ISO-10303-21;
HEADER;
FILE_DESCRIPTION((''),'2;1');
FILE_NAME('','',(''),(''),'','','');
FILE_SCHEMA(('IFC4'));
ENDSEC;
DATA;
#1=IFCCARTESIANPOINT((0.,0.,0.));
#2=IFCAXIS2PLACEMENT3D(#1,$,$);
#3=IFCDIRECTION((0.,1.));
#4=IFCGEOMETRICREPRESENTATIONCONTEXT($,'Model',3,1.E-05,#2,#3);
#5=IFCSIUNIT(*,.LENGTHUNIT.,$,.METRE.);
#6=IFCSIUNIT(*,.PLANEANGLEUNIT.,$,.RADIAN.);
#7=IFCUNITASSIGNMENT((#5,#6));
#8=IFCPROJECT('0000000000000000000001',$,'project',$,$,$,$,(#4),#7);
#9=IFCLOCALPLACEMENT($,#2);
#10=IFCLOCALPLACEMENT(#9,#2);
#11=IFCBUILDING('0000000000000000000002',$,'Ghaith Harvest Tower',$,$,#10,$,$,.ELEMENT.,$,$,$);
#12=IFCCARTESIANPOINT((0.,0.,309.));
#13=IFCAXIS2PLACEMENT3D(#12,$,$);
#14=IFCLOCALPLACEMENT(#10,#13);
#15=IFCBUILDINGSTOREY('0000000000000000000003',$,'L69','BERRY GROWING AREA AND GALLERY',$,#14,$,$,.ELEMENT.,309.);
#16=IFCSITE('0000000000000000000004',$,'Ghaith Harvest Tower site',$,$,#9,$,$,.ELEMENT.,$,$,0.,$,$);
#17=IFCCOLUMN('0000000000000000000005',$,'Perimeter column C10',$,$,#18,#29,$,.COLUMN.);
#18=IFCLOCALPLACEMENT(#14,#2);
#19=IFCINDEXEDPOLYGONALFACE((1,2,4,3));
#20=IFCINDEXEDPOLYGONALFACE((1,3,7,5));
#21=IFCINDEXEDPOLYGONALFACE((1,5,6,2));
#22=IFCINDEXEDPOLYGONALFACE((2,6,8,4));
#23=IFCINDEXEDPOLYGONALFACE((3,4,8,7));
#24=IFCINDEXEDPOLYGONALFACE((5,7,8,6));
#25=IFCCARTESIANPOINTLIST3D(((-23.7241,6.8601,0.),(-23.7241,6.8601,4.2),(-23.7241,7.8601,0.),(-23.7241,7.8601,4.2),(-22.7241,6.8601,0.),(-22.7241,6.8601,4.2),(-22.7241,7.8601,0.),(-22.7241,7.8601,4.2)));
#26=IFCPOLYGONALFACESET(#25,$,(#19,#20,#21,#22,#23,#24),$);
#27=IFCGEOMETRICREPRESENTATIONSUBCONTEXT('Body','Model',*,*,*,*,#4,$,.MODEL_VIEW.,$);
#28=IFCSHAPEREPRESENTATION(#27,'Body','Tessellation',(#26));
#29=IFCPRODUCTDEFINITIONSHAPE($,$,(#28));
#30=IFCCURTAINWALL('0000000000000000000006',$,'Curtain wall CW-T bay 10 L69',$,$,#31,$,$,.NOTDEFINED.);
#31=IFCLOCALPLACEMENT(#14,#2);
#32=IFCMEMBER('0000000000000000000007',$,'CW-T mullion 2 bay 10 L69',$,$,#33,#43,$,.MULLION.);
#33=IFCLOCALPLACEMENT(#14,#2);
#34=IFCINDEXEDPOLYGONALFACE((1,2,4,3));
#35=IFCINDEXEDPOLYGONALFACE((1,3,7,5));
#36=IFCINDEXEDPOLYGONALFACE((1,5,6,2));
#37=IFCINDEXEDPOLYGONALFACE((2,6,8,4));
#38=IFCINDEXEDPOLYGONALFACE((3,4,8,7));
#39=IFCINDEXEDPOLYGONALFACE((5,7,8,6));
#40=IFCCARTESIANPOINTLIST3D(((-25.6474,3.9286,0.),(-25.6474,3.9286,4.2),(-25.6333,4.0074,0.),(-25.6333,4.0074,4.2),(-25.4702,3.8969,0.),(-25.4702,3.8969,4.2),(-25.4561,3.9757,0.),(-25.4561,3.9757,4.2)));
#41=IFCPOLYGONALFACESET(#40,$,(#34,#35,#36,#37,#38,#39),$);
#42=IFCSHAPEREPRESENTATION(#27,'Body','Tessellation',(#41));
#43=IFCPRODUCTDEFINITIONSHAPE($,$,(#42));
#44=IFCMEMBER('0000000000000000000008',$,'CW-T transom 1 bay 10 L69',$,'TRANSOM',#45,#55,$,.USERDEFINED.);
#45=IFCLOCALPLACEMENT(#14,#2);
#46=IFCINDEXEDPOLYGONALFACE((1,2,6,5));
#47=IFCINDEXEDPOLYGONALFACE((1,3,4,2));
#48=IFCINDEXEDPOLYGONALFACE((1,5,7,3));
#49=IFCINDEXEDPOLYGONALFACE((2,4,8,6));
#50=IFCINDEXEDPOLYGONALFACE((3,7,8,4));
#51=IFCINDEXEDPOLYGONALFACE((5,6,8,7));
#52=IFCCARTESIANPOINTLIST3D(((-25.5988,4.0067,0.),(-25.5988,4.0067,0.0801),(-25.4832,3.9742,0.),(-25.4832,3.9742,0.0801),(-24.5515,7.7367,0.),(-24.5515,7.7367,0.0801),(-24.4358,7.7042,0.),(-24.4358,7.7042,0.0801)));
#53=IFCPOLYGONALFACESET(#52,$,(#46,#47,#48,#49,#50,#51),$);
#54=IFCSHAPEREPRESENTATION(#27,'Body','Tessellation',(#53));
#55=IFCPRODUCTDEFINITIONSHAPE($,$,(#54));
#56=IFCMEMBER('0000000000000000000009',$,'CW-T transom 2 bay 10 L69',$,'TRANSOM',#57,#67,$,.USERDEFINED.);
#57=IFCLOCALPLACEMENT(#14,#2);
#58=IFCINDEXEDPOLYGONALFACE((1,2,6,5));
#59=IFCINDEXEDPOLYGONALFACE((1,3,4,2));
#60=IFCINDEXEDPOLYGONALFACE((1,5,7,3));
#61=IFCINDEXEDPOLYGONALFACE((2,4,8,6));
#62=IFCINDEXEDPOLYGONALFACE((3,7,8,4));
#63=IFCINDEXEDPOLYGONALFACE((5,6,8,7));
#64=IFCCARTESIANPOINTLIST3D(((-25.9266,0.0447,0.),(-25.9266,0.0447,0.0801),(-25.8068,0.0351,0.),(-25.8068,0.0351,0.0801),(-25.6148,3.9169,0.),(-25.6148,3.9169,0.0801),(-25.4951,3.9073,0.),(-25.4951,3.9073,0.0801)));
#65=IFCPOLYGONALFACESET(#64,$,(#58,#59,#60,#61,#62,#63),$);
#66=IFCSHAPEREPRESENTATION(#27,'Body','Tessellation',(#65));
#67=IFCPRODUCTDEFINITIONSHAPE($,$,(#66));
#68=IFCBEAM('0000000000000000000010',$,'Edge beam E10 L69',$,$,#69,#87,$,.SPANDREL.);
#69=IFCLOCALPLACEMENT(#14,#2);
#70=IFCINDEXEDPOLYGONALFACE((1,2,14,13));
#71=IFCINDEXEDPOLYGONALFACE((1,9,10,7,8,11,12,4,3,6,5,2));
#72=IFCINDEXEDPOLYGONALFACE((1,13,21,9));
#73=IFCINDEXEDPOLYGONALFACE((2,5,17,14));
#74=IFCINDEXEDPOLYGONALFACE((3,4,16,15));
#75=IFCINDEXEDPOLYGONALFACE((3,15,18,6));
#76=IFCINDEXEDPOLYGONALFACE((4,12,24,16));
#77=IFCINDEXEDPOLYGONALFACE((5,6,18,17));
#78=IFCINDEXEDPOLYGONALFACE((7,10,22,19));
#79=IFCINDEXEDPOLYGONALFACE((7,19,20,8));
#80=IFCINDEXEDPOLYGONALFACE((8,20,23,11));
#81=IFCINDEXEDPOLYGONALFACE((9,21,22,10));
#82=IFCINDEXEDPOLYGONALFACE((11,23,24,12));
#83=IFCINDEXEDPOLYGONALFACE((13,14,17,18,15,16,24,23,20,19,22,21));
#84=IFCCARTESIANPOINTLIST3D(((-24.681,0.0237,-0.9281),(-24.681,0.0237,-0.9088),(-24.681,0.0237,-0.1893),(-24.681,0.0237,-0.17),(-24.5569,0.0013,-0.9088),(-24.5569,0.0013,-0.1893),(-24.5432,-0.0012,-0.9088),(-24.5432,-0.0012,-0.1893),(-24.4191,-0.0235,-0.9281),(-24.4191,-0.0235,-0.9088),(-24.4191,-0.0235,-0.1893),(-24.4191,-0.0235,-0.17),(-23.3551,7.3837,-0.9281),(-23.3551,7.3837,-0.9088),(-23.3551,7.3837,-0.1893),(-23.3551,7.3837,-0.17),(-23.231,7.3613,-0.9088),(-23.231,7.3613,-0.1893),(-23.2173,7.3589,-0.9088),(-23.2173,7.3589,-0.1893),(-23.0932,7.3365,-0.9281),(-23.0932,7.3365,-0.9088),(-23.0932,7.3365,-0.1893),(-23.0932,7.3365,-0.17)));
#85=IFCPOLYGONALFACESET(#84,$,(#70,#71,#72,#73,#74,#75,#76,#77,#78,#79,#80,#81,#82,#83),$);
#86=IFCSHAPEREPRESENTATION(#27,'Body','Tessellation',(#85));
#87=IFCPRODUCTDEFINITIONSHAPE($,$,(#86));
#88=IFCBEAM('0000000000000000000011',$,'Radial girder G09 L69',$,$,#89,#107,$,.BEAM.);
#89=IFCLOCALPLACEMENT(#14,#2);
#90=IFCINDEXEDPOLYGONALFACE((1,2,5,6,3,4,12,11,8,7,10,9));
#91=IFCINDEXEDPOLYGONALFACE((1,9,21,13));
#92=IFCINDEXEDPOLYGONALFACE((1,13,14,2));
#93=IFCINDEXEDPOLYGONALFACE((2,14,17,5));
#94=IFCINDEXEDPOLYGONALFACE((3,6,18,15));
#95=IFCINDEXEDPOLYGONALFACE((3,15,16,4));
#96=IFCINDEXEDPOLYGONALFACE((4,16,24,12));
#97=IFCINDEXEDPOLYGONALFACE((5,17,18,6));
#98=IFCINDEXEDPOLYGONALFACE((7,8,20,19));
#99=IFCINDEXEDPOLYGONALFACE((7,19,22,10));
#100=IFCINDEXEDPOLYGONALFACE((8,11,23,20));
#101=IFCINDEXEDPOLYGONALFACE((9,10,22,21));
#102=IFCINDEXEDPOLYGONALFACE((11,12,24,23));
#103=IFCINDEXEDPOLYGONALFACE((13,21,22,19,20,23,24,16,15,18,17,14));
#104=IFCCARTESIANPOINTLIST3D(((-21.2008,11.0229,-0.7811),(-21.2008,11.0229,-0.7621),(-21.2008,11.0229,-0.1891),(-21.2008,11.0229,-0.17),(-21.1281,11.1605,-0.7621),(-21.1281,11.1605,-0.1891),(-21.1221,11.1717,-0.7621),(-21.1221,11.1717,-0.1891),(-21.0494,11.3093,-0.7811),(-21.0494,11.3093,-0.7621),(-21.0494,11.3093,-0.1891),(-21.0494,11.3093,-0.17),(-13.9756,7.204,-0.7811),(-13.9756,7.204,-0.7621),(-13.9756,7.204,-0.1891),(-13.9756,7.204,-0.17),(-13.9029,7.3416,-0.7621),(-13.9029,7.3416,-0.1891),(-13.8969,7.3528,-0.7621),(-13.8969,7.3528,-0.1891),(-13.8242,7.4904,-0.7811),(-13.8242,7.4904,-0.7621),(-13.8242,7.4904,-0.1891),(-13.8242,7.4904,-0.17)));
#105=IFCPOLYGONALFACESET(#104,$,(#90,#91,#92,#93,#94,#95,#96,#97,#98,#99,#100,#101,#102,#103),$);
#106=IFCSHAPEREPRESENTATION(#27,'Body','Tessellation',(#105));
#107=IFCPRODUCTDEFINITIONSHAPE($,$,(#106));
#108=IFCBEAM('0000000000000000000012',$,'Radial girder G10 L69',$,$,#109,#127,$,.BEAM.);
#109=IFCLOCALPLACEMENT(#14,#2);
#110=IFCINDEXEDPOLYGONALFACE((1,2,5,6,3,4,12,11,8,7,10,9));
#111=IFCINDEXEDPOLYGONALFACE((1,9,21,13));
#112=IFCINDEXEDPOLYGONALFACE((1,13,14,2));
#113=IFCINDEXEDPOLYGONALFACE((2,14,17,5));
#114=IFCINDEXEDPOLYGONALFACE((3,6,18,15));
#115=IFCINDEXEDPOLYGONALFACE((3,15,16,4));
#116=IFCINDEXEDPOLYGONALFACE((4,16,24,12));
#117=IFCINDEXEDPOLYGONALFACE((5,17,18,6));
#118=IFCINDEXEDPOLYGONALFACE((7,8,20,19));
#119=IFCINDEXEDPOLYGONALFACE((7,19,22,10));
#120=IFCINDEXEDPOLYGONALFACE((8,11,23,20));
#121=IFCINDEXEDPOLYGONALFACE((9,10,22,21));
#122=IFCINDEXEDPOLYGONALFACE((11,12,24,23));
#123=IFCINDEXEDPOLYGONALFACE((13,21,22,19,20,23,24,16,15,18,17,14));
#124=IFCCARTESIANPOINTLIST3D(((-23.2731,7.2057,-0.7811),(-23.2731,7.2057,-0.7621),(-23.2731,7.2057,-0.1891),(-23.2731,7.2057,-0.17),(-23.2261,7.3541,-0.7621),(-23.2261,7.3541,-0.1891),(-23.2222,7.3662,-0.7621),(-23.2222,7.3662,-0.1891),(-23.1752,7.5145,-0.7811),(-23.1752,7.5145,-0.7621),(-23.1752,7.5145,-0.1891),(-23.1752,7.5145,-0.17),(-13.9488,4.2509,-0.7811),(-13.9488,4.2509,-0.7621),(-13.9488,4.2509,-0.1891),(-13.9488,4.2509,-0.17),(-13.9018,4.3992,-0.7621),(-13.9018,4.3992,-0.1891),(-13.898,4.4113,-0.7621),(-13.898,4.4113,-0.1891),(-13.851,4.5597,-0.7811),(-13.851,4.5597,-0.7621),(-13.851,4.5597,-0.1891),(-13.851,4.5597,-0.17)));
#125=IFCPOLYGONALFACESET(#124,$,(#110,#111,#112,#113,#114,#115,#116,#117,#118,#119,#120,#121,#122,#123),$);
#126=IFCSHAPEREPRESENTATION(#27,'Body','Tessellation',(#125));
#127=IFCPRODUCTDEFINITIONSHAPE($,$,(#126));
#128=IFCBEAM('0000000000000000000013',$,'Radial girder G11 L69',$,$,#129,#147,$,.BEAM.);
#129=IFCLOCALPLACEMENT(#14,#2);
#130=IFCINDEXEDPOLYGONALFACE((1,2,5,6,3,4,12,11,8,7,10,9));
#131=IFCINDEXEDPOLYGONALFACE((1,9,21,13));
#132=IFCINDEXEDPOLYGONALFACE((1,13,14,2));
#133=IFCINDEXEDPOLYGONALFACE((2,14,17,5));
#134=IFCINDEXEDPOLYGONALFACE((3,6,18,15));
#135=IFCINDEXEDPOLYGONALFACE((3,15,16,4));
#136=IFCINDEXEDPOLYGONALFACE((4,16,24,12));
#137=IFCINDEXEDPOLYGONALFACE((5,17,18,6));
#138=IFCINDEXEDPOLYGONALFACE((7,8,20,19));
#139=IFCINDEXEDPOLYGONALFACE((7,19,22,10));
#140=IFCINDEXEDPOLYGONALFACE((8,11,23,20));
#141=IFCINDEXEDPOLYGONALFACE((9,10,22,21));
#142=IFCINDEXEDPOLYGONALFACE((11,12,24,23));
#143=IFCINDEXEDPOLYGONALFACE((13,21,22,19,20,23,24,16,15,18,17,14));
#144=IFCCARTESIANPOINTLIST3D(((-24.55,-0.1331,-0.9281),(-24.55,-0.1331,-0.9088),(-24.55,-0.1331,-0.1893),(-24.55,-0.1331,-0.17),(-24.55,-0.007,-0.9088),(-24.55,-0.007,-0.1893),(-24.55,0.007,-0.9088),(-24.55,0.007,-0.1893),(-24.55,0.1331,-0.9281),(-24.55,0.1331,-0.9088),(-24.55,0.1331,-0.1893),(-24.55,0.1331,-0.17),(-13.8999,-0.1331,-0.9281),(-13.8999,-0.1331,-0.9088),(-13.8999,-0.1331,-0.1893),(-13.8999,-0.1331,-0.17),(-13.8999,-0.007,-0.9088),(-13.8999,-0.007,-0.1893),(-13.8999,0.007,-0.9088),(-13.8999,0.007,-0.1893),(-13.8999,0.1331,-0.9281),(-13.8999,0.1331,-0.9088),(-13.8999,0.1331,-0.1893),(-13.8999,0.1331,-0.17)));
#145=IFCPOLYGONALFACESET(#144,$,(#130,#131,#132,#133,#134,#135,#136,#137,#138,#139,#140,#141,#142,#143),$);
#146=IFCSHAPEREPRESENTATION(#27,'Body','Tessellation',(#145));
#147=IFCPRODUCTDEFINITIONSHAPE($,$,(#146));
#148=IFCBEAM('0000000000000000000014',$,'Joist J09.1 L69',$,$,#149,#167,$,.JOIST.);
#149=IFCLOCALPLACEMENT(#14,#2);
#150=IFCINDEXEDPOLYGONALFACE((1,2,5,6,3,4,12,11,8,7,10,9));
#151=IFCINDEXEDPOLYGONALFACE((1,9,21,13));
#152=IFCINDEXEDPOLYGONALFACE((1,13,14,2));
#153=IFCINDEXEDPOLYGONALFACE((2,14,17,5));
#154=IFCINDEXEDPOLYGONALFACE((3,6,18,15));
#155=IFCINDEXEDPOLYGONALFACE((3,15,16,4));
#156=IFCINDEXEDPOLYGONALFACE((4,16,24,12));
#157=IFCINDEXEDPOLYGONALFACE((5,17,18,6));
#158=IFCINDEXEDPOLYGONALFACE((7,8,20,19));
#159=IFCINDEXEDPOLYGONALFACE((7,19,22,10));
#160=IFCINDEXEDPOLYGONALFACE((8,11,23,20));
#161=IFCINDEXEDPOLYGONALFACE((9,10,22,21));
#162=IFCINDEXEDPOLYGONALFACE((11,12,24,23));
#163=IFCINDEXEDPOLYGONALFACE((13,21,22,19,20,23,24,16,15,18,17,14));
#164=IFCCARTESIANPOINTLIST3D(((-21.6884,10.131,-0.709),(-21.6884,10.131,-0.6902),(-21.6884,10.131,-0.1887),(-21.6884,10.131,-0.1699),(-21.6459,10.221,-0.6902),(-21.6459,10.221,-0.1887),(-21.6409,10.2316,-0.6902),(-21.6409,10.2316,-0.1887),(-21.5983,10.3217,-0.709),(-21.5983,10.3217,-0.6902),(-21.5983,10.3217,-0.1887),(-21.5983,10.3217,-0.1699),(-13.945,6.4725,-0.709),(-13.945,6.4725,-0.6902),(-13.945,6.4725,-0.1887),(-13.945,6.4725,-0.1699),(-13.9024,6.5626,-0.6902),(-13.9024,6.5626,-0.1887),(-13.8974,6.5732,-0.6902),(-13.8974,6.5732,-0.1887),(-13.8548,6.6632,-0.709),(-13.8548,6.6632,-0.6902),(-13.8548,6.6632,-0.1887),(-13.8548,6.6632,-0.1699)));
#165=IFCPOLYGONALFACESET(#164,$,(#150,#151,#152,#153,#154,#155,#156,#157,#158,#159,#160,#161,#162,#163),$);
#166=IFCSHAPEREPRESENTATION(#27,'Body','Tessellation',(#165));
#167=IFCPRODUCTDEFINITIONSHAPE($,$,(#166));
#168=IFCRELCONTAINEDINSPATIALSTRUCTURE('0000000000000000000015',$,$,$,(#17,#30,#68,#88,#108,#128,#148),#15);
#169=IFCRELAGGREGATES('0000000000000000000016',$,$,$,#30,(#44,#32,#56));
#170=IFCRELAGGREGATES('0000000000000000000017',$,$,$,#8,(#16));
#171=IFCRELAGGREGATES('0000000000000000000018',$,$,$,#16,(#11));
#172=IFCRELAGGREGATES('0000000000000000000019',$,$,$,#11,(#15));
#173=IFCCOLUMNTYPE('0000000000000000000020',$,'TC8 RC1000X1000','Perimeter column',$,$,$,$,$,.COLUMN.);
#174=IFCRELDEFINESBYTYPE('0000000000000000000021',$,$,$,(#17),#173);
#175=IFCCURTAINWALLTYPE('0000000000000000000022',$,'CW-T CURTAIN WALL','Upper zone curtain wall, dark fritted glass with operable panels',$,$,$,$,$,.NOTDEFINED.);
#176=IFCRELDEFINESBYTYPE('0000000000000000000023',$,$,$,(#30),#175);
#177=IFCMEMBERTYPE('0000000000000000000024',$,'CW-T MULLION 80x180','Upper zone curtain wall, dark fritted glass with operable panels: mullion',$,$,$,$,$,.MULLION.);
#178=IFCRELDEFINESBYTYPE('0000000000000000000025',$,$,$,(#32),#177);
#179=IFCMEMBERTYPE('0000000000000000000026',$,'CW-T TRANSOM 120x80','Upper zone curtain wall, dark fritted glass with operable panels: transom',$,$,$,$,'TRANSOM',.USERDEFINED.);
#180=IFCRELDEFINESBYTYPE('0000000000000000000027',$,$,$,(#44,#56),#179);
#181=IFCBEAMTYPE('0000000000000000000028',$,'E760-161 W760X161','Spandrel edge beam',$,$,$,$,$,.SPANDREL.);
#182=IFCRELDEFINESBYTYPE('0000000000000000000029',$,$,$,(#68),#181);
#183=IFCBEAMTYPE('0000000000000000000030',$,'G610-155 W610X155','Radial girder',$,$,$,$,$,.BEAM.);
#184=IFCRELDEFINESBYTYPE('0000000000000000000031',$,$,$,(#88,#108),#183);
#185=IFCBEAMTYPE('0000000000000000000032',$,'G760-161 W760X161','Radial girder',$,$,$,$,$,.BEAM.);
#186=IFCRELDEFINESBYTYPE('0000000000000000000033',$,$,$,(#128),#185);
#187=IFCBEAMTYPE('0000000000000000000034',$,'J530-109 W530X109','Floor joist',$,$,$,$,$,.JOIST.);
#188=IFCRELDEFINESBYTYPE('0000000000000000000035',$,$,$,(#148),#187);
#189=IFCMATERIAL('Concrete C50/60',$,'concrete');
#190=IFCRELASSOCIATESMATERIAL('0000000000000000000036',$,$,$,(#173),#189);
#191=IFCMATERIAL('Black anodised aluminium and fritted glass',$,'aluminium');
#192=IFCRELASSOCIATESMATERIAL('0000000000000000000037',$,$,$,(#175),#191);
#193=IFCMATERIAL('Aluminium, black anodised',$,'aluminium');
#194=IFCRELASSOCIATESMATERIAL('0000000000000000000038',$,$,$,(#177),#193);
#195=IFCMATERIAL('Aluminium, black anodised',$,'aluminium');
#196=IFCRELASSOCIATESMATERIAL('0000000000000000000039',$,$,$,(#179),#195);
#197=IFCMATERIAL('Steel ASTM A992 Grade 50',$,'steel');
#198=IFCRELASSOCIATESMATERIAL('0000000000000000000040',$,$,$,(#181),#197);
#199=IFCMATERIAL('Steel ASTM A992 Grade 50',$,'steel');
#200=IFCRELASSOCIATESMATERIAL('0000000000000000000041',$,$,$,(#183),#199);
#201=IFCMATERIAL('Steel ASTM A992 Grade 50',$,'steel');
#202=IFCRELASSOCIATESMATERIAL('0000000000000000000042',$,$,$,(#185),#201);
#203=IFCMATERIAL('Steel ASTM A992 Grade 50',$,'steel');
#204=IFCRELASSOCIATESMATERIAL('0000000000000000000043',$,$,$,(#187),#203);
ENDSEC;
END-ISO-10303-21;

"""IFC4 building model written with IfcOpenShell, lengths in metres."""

from ifc_helpers import new_model, si_unit, direction, frame, origin, origin_2d, place, context, subcontext, project, spatial, rectangle, i_section, extrude, material, material_profile, profile_set, type_object, element, aggregate, save


model = new_model("IFC4")

# Units and contexts
model_context = context("Model", 3, precision=1e-05, world=origin(), true_north=direction((0.0, 1.0)))
body_context = subcontext(model_context, "Body", "Model", "MODEL_VIEW")
ifc_project = project(units=[si_unit("LENGTHUNIT", "METRE"), si_unit("PLANEANGLEUNIT", "RADIAN")], contexts=[model_context])

# Site, building, storey
site_placement = place(None, origin())
site = spatial("IfcSite", under=ifc_project, at=site_placement, Name="Ghaith Harvest Tower site", CompositionType="ELEMENT", RefElevation=0.0)
building_placement = place(site_placement, origin())
building = spatial("IfcBuilding", under=site, at=building_placement, Name="Ghaith Harvest Tower", CompositionType="ELEMENT")
storey_placement = place(building_placement, frame((0.0, 0.0, 309.0)))
storey = spatial("IfcBuildingStorey", under=building, at=storey_placement, Name="L69", Description="BERRY GROWING AREA AND GALLERY", CompositionType="ELEMENT", Elevation=309.0)

# Column
ifc_material_1 = material(Name="Concrete C50/60", Category="concrete")
ifc_material_profile_1 = material_profile(ifc_material_1, rectangle(XDim=1.0, YDim=1.0, at=origin_2d()), Name="RC1000X1000")
ifc_profile_set_1 = profile_set([ifc_material_profile_1], Name="Concrete C50/60")
column_type = type_object("IfcColumnType", Name="TC8 RC1000X1000", Description="Perimeter column", PredefinedType="COLUMN", material=ifc_profile_set_1)
column_placement = place(storey_placement, frame((-23.2241, 7.3601, 0.0), z_axis=(0.0, 0.0, 1.0), x_axis=(1.0, 0.0, 0.0)))
element("IfcColumn", 1, at=column_placement, inside=storey, type_object=column_type, Name="Perimeter column C10", PredefinedType="COLUMN", context=body_context, shape_type="SweptSolid", body=[
    extrude(rectangle(XDim=1.0, YDim=1.0, at=origin_2d()), origin(), (0.0, 0.0, 1.0), 4.2),
])

# Curtain wall, members
ifc_material_2 = material(Name="Black anodised aluminium and fritted glass", Category="aluminium")
curtain_wall_type = type_object("IfcCurtainWallType", Name="CW-T CURTAIN WALL", Description="Upper zone curtain wall, dark fritted glass with operable panels", PredefinedType="NOTDEFINED", material=ifc_material_2)
curtain_wall_placement = place(storey_placement, origin())
curtain_wall = element("IfcCurtainWall", 2, at=curtain_wall_placement, inside=storey, type_object=curtain_wall_type, Name="Curtain wall CW-T bay 10 L69", PredefinedType="NOTDEFINED")
ifc_material_3 = material(Name="Aluminium, black anodised", Category="aluminium")
ifc_material_profile_2 = material_profile(ifc_material_3, rectangle(XDim=0.0801, YDim=0.1799, at=origin_2d()), Name="CW-T MULLION 80x180")
ifc_profile_set_2 = profile_set([ifc_material_profile_2], Name="Aluminium, black anodised")
member_type_1 = type_object("IfcMemberType", Name="CW-T MULLION 80x180", Description="Upper zone curtain wall, dark fritted glass with operable panels: mullion", PredefinedType="MULLION", material=ifc_profile_set_2)
member_1_placement = place(storey_placement, frame((-25.5518, 3.9521, 0.0), z_axis=(0.0, 0.0, 1.0), x_axis=(-0.176001, -0.98439, 0.0)))
member_1 = element("IfcMember", 3, at=member_1_placement, type_object=member_type_1, Name="CW-T mullion 2 bay 10 L69", PredefinedType="MULLION", context=body_context, shape_type="SweptSolid", body=[
    extrude(rectangle(XDim=0.0801, YDim=0.1799, at=origin_2d()), origin(), (0.0, 0.0, 1.0), 4.2),
])
ifc_material_4 = material(Name="Aluminium, black anodised", Category="aluminium")
ifc_material_profile_3 = material_profile(ifc_material_4, rectangle(XDim=0.1201, YDim=0.0801, at=origin_2d()), Name="CW-T TRANSOM 120x80")
ifc_profile_set_3 = profile_set([ifc_material_profile_3], Name="Aluminium, black anodised")
member_type_2 = type_object("IfcMemberType", Name="CW-T TRANSOM 120x80", Description="Upper zone curtain wall, dark fritted glass with operable panels: transom", ElementType="TRANSOM", PredefinedType="USERDEFINED", material=ifc_profile_set_3)
member_2_placement = place(storey_placement, frame((-24.4937, 7.7205, 0.04), z_axis=(-0.27034, -0.962765, 0.0), x_axis=(0.962765, -0.27034, 0.0)))
member_2 = element("IfcMember", 4, at=member_2_placement, type_object=member_type_2, Name="CW-T transom 1 bay 10 L69", ObjectType="TRANSOM", PredefinedType="USERDEFINED", context=body_context, shape_type="SweptSolid", body=[
    extrude(rectangle(XDim=0.1201, YDim=0.0801, at=origin_2d()), origin(), (0.0, 0.0, 1.0), 3.8743),
])
member_3_placement = place(storey_placement, frame((-25.5549, 3.9121, 0.04), z_axis=(-0.080252, -0.996775, 0.0), x_axis=(0.996775, -0.080252, 0.0)))
member_3 = element("IfcMember", 5, at=member_3_placement, type_object=member_type_2, Name="CW-T transom 2 bay 10 L69", ObjectType="TRANSOM", PredefinedType="USERDEFINED", context=body_context, shape_type="SweptSolid", body=[
    extrude(rectangle(XDim=0.1201, YDim=0.0801, at=origin_2d()), origin(), (0.0, 0.0, 1.0), 3.8848),
])

# Beams
ifc_material_5 = material(Name="Steel ASTM A992 Grade 50", Category="steel")
ifc_material_profile_4 = material_profile(ifc_material_5, i_section(OverallWidth=0.2661, OverallDepth=0.7581, WebThickness=0.0139, FlangeThickness=0.0193, at=origin_2d()), Name="W760X161")
ifc_profile_set_4 = profile_set([ifc_material_profile_4], Name="Steel ASTM A992 Grade 50")
beam_type_1 = type_object("IfcBeamType", Name="E760-161 W760X161", Description="Spandrel edge beam", PredefinedType="SPANDREL", material=ifc_profile_set_4)
beam_1_placement = place(storey_placement, frame((-23.2241, 7.3601, -0.5491), z_axis=(-0.177297, -0.984157, 0.0), x_axis=(0.984157, -0.177297, 0.0)))
element("IfcBeam", 6, at=beam_1_placement, inside=storey, type_object=beam_type_1, Name="Edge beam E10 L69", PredefinedType="SPANDREL", context=body_context, shape_type="SweptSolid", body=[
    extrude(i_section(OverallWidth=0.2661, OverallDepth=0.7581, WebThickness=0.0139, FlangeThickness=0.0193, at=origin_2d()), origin(), (0.0, 0.0, 1.0), 7.4785),
])
ifc_material_6 = material(Name="Steel ASTM A992 Grade 50", Category="steel")
ifc_material_profile_5 = material_profile(ifc_material_6, i_section(OverallWidth=0.324, OverallDepth=0.6111, WebThickness=0.0127, FlangeThickness=0.019, at=origin_2d()), Name="W610X155")
ifc_profile_set_5 = profile_set([ifc_material_profile_5], Name="Steel ASTM A992 Grade 50")
beam_type_2 = type_object("IfcBeamType", Name="G610-155 W610X155", Description="Radial girder", PredefinedType="BEAM", material=ifc_profile_set_5)
beam_2_placement = place(storey_placement, frame((-13.8999, 7.3472, -0.4756), z_axis=(-0.884102, 0.467295, 0.0), x_axis=(-0.467295, -0.884102, 0.0)))
element("IfcBeam", 7, at=beam_2_placement, inside=storey, type_object=beam_type_2, Name="Radial girder G09 L69", PredefinedType="BEAM", context=body_context, shape_type="SweptSolid", body=[
    extrude(i_section(OverallWidth=0.324, OverallDepth=0.6111, WebThickness=0.0127, FlangeThickness=0.019, at=origin_2d()), origin(), (0.0, 0.0, 1.0), 8.1724),
])
beam_3_placement = place(storey_placement, frame((-13.8999, 4.4053, -0.4756), z_axis=(-0.953279, 0.302093, 0.0), x_axis=(-0.302093, -0.953279, 0.0)))
element("IfcBeam", 8, at=beam_3_placement, inside=storey, type_object=beam_type_2, Name="Radial girder G10 L69", PredefinedType="BEAM", context=body_context, shape_type="SweptSolid", body=[
    extrude(i_section(OverallWidth=0.324, OverallDepth=0.6111, WebThickness=0.0127, FlangeThickness=0.019, at=origin_2d()), origin(), (0.0, 0.0, 1.0), 9.7812),
])
ifc_material_7 = material(Name="Steel ASTM A992 Grade 50", Category="steel")
ifc_material_profile_6 = material_profile(ifc_material_7, i_section(OverallWidth=0.2661, OverallDepth=0.7581, WebThickness=0.0139, FlangeThickness=0.0193, at=origin_2d()), Name="W760X161")
ifc_profile_set_6 = profile_set([ifc_material_profile_6], Name="Steel ASTM A992 Grade 50")
beam_type_3 = type_object("IfcBeamType", Name="G760-161 W760X161", Description="Radial girder", PredefinedType="BEAM", material=ifc_profile_set_6)
beam_4_placement = place(storey_placement, frame((-13.8999, 0.0, -0.5491), z_axis=(-1.0, 0.0, 0.0), x_axis=(0.0, -1.0, 0.0)))
element("IfcBeam", 9, at=beam_4_placement, inside=storey, type_object=beam_type_3, Name="Radial girder G11 L69", PredefinedType="BEAM", context=body_context, shape_type="SweptSolid", body=[
    extrude(i_section(OverallWidth=0.2661, OverallDepth=0.7581, WebThickness=0.0139, FlangeThickness=0.0193, at=origin_2d()), origin(), (0.0, 0.0, 1.0), 10.6501),
])
ifc_material_8 = material(Name="Steel ASTM A992 Grade 50", Category="steel")
ifc_material_profile_7 = material_profile(ifc_material_8, i_section(OverallWidth=0.2109, OverallDepth=0.5391, WebThickness=0.0117, FlangeThickness=0.0188, at=origin_2d()), Name="W530X109")
ifc_profile_set_7 = profile_set([ifc_material_profile_7], Name="Steel ASTM A992 Grade 50")
beam_type_4 = type_object("IfcBeamType", Name="J530-109 W530X109", Description="Floor joist", PredefinedType="JOIST", material=ifc_profile_set_7)
beam_5_placement = place(storey_placement, frame((-13.8999, 6.5679, -0.4395), z_axis=(-0.904166, 0.427182, 0.0), x_axis=(-0.427182, -0.904166, 0.0)))
element("IfcBeam", 10, at=beam_5_placement, inside=storey, type_object=beam_type_4, Name="Joist J09.1 L69", PredefinedType="JOIST", context=body_context, shape_type="SweptSolid", body=[
    extrude(i_section(OverallWidth=0.2109, OverallDepth=0.5391, WebThickness=0.0117, FlangeThickness=0.0188, at=origin_2d()), origin(), (0.0, 0.0, 1.0), 8.5642),
])

aggregate(curtain_wall, [member_2, member_1, member_3])

save(model, "model.ifc")
